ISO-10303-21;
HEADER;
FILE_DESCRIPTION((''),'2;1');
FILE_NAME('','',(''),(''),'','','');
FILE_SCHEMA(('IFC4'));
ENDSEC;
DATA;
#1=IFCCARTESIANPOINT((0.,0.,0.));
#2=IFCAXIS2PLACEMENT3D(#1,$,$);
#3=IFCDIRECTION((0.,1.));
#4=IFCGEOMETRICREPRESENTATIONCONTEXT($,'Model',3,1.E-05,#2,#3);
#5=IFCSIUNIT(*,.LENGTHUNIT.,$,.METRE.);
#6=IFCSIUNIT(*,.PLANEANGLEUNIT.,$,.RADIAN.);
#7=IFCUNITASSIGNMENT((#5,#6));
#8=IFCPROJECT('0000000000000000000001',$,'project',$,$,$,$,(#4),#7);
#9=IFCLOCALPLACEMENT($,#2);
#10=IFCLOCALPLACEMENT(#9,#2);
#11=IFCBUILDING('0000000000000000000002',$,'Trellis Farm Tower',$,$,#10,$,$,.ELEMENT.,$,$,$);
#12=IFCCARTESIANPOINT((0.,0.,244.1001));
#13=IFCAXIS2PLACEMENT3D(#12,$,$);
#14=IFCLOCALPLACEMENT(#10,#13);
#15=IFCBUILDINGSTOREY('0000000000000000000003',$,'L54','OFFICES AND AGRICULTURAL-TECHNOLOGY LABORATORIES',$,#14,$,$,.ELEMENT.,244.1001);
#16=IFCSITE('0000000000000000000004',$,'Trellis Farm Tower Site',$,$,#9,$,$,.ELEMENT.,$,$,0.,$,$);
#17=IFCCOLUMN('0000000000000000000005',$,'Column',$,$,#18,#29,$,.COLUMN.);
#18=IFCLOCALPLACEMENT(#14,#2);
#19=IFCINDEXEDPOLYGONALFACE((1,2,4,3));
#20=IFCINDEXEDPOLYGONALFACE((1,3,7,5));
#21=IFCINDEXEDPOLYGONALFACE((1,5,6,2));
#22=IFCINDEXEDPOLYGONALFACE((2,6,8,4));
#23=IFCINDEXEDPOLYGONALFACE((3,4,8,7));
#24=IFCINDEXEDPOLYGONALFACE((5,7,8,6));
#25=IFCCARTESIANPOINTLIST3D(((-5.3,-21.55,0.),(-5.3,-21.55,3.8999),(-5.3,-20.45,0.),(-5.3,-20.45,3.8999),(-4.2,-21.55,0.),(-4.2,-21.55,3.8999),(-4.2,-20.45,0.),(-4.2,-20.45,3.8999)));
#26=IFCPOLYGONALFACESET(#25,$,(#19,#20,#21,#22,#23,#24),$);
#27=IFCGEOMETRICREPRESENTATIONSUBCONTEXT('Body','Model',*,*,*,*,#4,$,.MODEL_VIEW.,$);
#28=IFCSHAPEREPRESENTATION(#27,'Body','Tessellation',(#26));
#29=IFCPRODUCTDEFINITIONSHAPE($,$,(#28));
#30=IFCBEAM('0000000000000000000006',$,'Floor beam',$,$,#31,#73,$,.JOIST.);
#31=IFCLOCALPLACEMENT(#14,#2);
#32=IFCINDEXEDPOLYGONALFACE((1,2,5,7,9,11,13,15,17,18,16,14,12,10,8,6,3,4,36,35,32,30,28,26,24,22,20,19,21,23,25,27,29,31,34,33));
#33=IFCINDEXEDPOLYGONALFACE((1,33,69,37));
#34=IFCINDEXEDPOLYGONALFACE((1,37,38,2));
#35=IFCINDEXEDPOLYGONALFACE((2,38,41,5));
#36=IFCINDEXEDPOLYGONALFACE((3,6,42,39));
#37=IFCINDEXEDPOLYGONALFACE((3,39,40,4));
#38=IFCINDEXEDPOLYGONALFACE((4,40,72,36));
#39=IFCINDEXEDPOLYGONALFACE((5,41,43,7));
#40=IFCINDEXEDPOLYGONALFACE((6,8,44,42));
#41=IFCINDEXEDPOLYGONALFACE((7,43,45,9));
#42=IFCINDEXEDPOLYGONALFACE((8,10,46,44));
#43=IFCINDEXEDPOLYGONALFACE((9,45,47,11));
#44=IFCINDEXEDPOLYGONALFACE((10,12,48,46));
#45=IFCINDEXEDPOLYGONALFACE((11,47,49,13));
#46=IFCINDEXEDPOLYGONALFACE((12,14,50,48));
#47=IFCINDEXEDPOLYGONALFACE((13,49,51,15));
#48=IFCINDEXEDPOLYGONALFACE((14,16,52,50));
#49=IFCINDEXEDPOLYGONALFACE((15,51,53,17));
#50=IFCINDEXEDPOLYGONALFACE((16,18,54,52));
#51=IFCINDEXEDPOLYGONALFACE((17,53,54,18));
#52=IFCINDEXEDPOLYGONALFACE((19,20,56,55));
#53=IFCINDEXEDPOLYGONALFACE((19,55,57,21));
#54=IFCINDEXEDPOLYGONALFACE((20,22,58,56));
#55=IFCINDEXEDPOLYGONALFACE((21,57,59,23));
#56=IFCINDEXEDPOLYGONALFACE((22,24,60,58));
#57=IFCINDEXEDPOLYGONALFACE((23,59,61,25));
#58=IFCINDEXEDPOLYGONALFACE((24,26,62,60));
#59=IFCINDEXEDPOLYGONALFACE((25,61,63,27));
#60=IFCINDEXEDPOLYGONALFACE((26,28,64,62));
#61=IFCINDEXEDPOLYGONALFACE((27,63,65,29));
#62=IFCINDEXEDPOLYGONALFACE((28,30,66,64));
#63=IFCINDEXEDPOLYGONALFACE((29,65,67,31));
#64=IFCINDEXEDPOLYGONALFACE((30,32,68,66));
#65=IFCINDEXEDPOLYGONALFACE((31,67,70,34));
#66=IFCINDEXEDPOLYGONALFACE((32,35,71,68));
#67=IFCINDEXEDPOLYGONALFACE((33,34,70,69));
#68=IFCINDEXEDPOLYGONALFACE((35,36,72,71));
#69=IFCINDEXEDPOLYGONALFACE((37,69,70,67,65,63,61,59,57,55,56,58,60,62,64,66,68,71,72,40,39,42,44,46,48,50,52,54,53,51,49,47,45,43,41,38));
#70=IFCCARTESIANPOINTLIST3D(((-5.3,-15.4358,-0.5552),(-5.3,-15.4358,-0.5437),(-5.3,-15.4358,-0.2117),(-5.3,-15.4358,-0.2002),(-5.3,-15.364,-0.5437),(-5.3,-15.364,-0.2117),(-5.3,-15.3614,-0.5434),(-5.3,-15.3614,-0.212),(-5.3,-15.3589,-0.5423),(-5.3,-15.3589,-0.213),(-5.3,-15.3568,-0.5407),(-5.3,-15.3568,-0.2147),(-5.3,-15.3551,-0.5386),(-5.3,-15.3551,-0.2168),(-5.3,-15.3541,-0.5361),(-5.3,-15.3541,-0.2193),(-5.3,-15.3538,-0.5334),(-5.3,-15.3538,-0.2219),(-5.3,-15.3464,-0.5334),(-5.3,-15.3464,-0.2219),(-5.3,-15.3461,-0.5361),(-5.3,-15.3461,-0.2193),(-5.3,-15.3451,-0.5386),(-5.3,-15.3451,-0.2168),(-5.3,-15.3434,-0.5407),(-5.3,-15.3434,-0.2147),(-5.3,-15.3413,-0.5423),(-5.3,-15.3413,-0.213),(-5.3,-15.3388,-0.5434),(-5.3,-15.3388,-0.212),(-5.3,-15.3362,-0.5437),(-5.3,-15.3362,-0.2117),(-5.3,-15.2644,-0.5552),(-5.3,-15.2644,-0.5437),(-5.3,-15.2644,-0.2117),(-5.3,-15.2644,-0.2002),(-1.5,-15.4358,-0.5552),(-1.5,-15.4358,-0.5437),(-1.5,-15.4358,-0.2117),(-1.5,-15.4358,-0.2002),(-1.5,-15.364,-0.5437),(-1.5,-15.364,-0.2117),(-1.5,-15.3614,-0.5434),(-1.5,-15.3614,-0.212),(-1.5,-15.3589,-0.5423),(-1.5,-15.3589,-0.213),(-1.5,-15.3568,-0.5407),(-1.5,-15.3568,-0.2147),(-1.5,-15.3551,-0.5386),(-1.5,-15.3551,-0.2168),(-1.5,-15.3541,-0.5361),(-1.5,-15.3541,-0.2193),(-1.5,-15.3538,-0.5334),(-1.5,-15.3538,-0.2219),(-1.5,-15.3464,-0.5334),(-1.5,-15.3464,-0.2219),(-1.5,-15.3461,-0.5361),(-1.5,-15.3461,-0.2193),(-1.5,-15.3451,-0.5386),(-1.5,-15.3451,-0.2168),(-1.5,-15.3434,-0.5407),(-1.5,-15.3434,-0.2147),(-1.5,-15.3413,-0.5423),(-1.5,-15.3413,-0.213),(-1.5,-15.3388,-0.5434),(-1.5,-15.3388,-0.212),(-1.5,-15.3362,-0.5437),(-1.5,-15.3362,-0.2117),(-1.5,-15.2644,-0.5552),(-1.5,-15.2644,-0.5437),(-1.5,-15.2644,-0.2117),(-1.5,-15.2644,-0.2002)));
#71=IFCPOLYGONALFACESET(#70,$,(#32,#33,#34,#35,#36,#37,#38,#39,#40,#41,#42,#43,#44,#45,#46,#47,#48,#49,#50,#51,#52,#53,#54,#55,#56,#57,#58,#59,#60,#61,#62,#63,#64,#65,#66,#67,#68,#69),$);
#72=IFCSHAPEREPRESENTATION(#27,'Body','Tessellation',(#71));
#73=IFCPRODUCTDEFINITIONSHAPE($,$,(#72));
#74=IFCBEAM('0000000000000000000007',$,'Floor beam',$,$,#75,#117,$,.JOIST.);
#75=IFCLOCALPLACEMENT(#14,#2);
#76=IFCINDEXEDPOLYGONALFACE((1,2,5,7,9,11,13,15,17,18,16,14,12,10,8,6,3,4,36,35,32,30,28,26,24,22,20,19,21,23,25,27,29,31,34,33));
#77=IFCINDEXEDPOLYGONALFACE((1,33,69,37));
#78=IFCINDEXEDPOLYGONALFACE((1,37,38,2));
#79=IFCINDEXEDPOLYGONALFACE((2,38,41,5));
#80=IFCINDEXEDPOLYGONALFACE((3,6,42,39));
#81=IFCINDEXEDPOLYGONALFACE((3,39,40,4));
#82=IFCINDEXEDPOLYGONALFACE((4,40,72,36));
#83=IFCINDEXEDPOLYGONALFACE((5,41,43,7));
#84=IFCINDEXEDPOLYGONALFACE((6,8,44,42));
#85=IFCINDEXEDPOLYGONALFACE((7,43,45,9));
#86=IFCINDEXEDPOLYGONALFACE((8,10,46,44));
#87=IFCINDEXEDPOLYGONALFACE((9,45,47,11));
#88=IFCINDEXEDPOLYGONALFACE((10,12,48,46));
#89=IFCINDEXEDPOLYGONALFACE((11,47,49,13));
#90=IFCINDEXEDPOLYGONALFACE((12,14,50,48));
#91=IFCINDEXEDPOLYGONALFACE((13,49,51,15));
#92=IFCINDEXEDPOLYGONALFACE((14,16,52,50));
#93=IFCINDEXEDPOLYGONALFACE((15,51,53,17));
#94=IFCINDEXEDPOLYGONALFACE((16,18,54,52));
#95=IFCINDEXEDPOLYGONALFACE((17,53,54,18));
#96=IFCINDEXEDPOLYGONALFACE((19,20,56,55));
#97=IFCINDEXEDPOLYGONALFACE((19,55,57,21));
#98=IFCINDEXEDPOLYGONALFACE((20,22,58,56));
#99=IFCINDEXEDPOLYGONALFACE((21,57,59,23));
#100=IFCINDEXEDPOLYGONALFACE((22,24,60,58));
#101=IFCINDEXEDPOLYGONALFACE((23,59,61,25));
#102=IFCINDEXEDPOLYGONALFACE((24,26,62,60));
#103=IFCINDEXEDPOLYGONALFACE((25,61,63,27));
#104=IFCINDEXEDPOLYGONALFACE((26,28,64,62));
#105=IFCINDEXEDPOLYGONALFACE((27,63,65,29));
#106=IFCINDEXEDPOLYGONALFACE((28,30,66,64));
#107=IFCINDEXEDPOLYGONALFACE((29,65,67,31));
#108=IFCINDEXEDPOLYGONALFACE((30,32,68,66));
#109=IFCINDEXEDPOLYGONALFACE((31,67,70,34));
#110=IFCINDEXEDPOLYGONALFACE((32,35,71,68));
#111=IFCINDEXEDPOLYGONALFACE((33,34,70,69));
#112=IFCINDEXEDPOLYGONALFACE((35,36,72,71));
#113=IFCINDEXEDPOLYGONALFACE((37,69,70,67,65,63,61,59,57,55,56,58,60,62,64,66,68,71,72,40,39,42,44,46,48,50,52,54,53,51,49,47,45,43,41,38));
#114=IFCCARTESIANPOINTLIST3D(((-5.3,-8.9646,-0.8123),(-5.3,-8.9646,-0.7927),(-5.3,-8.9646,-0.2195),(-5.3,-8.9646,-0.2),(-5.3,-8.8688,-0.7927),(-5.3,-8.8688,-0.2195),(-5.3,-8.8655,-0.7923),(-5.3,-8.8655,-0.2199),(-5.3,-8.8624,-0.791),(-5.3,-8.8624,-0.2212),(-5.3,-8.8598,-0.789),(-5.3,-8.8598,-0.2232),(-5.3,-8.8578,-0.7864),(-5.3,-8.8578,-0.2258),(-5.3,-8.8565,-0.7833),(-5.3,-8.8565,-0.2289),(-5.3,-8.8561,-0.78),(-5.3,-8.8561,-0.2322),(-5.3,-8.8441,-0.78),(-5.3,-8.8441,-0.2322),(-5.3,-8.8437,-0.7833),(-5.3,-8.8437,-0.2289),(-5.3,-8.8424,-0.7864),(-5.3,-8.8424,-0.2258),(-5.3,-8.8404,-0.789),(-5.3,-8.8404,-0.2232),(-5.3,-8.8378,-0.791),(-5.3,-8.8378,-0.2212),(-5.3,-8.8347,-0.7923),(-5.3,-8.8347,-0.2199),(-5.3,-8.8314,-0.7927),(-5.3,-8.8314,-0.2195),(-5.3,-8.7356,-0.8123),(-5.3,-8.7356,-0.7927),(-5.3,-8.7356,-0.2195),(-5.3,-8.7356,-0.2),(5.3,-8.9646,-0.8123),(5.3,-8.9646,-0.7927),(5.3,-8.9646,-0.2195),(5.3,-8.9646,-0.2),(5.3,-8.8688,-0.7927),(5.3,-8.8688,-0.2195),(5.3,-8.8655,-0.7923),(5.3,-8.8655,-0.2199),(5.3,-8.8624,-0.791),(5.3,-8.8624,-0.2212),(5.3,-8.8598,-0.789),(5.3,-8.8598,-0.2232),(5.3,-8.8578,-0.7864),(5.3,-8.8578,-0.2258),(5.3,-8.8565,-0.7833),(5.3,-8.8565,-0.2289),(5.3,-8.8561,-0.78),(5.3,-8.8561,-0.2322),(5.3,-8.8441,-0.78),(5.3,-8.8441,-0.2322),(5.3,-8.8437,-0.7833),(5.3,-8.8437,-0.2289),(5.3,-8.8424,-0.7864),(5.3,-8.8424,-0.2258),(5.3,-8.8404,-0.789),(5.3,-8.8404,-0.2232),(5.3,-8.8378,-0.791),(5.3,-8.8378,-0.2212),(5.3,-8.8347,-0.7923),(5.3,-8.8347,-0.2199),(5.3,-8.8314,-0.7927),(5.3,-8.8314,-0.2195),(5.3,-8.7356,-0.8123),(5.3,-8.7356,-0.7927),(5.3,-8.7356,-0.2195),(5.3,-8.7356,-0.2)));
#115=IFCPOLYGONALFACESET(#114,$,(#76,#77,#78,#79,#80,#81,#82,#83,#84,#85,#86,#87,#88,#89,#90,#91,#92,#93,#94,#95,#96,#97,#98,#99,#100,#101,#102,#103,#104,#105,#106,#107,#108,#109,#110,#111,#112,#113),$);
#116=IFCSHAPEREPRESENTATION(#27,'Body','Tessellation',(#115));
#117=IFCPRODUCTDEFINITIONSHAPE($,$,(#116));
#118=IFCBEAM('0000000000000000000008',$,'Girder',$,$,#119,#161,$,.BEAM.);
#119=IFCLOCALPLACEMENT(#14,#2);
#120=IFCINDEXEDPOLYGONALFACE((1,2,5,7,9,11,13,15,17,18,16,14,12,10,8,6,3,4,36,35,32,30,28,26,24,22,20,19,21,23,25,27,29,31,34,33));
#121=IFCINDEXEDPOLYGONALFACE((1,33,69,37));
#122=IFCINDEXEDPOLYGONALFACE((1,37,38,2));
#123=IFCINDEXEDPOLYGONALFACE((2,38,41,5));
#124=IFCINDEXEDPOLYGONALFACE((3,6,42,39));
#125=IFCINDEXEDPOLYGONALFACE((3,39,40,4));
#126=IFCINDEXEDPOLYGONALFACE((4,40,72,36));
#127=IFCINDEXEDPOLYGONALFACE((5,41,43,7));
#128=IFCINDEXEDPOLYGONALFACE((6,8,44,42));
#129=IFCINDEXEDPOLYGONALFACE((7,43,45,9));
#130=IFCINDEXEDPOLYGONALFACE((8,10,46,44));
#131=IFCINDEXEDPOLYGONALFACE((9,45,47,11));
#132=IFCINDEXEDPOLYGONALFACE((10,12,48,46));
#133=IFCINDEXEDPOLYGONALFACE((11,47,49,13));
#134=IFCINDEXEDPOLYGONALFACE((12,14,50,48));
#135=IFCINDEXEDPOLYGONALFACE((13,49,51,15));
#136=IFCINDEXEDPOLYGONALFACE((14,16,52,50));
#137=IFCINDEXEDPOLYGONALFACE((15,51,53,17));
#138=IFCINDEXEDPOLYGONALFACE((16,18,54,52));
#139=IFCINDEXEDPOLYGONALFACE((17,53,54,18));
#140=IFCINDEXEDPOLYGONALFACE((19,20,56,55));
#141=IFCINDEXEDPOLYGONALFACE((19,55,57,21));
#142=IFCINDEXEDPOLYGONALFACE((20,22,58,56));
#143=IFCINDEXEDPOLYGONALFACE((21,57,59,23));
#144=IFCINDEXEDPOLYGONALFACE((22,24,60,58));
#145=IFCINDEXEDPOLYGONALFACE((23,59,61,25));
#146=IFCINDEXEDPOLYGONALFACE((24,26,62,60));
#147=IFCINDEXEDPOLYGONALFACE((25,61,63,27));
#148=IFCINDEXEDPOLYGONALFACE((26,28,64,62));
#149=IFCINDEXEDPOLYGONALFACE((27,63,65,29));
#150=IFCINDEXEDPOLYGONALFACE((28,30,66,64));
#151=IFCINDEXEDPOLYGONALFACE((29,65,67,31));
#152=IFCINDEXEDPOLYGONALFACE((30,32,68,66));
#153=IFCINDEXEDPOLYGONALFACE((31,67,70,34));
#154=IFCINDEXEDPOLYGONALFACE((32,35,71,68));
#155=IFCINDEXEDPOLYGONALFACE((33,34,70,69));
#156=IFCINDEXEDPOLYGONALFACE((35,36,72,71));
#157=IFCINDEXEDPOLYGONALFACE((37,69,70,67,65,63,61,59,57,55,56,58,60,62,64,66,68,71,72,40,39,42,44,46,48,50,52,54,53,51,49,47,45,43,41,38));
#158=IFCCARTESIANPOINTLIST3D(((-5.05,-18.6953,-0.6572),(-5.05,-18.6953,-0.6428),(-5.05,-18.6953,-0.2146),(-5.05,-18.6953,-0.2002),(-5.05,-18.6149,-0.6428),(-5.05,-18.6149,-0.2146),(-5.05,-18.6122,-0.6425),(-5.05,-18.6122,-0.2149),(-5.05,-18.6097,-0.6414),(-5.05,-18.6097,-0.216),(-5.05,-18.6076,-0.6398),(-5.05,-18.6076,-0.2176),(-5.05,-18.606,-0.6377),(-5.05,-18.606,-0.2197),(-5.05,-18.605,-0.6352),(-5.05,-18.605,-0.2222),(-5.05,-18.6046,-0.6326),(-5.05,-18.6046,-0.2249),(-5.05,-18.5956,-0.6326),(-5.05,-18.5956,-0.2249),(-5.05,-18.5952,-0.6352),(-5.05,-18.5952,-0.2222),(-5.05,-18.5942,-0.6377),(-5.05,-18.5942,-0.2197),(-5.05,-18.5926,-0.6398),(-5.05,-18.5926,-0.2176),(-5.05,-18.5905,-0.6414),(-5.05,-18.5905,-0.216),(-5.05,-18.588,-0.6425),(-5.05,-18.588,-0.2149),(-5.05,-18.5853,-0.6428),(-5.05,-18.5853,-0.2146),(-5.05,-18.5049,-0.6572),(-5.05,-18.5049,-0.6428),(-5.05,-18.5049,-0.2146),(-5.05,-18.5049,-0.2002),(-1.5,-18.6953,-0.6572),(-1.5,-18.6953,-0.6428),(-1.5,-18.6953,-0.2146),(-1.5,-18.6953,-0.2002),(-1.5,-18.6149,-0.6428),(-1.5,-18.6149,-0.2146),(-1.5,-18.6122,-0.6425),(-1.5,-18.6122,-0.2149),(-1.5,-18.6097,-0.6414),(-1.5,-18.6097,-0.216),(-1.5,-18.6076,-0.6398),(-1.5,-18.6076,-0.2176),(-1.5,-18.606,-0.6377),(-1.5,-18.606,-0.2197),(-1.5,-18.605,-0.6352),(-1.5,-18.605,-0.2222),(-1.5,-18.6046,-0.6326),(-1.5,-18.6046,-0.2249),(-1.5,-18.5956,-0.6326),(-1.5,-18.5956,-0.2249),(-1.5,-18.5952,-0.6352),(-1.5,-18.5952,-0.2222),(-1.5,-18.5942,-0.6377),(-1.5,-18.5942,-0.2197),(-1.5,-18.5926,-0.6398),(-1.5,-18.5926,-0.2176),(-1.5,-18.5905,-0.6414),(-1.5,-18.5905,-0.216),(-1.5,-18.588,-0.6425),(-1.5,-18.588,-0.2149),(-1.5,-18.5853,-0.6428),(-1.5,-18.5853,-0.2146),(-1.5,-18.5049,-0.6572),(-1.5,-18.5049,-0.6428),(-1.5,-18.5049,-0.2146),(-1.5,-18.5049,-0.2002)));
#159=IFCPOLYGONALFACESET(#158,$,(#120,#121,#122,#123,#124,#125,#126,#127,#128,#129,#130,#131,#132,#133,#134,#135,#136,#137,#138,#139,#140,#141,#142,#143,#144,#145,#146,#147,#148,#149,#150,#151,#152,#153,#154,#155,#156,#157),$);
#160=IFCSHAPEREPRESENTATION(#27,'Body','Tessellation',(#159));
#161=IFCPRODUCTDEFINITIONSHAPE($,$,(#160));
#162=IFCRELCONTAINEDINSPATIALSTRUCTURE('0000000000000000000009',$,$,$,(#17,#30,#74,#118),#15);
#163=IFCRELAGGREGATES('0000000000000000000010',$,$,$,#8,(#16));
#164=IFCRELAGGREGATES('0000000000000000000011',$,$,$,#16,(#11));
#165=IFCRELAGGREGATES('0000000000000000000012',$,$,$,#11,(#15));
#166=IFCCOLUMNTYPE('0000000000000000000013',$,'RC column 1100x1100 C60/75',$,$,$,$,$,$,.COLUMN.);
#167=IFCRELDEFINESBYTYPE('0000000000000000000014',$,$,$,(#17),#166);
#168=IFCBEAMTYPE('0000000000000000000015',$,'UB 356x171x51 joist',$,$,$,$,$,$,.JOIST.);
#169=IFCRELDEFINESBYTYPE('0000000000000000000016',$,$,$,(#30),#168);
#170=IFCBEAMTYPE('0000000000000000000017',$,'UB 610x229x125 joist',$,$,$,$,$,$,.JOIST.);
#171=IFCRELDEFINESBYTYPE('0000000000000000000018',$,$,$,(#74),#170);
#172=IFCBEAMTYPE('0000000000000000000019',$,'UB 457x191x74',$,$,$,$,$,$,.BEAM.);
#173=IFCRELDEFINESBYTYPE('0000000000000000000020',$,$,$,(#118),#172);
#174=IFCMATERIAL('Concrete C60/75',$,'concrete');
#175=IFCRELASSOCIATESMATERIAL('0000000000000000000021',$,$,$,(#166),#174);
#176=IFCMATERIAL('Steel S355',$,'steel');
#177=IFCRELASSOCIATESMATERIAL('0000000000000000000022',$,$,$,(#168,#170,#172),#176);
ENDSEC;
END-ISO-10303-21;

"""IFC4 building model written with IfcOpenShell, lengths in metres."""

from ifc_helpers import new_model, si_unit, direction, frame, origin, origin_2d, place, context, subcontext, project, spatial, rectangle, i_section, extrude, source, transform, mapped, material, material_profile, profile_set, type_object, element, save


model = new_model("IFC4")

# Units and contexts
model_context = context("Model", 3, precision=1e-05, world=origin(), true_north=direction((0.0, 1.0)))
body_context = subcontext(model_context, "Body", "Model", "MODEL_VIEW")
ifc_project = project(units=[si_unit("LENGTHUNIT", "METRE"), si_unit("PLANEANGLEUNIT", "RADIAN")], contexts=[model_context])

# Site, building, storey
site_placement = place(None, origin())
site = spatial("IfcSite", under=ifc_project, at=site_placement, Name="Trellis Farm Tower Site", CompositionType="ELEMENT", RefElevation=0.0)
building_placement = place(site_placement, origin())
building = spatial("IfcBuilding", under=site, at=building_placement, Name="Trellis Farm Tower", CompositionType="ELEMENT")
storey_placement = place(building_placement, frame((0.0, 0.0, 244.1001)))
storey = spatial("IfcBuildingStorey", under=building, at=storey_placement, Name="L54", Description="OFFICES AND AGRICULTURAL-TECHNOLOGY LABORATORIES", CompositionType="ELEMENT", Elevation=244.1001)

# Column
ifc_material_1 = material(Name="Concrete C60/75", Category="concrete")
ifc_material_profile_1 = material_profile(ifc_material_1, rectangle(XDim=1.1001, YDim=1.1001, at=origin_2d()), Name="RC column 1100x1100 C60/75")
ifc_profile_set_1 = profile_set([ifc_material_profile_1], Name="Concrete C60/75")
column_type = type_object("IfcColumnType", Name="RC column 1100x1100 C60/75", PredefinedType="COLUMN", material=ifc_profile_set_1)
shared_shape_1 = source(origin(), body_context, "Body", "SweptSolid", [
    extrude(rectangle(XDim=1.1001, YDim=1.1001, at=origin_2d()), origin(), (0.0, 0.0, 1.0), 3.8999),
])
column_placement = place(storey_placement, frame((-4.75, -21.0, 0.0), z_axis=(0.0, 0.0, 1.0), x_axis=(1.0, 0.0, 0.0)))
element("IfcColumn", 1, at=column_placement, inside=storey, type_object=column_type, Name="Column", PredefinedType="COLUMN", context=body_context, shape_type="MappedRepresentation", body=[
    mapped(shared_shape_1, transform((0.0, 0.0, 0.0))),
])

# Beams
ifc_material_2 = material(Name="Steel S355", Category="steel")
ifc_material_profile_2 = material_profile(ifc_material_2, i_section(OverallWidth=0.1714, OverallDepth=0.355, WebThickness=0.0073, FlangeThickness=0.0115, FilletRadius=0.0103, at=origin_2d()), Name="UB 356x171x51")
ifc_profile_set_2 = profile_set([ifc_material_profile_2], Name="Steel S355")
beam_type_1 = type_object("IfcBeamType", Name="UB 356x171x51 joist", PredefinedType="JOIST", material=ifc_profile_set_2)
shared_shape_2 = source(origin(), body_context, "Body", "SweptSolid", [
    extrude(i_section(OverallWidth=0.1714, OverallDepth=0.355, WebThickness=0.0073, FlangeThickness=0.0115, FilletRadius=0.0103, at=origin_2d()), origin(), (0.0, 0.0, 1.0), 3.8),
])
beam_1_placement = place(storey_placement, frame((-5.3, -15.3501, -0.3777), z_axis=(1.0, 0.0, 0.0), x_axis=(0.0, 1.0, 0.0)))
element("IfcBeam", 2, at=beam_1_placement, inside=storey, type_object=beam_type_1, Name="Floor beam", PredefinedType="JOIST", context=body_context, shape_type="MappedRepresentation", body=[
    mapped(shared_shape_2, transform((0.0, 0.0, 0.0))),
])
ifc_material_profile_3 = material_profile(ifc_material_2, i_section(OverallWidth=0.229, OverallDepth=0.6123, WebThickness=0.012, FlangeThickness=0.0195, FilletRadius=0.0127, at=origin_2d()), Name="UB 610x229x125")
ifc_profile_set_3 = profile_set([ifc_material_profile_3], Name="Steel S355")
beam_type_2 = type_object("IfcBeamType", Name="UB 610x229x125 joist", PredefinedType="JOIST", material=ifc_profile_set_3)
shared_shape_3 = source(origin(), body_context, "Body", "SweptSolid", [
    extrude(i_section(OverallWidth=0.229, OverallDepth=0.6123, WebThickness=0.012, FlangeThickness=0.0195, FilletRadius=0.0127, at=origin_2d()), origin(), (0.0, 0.0, 1.0), 10.6001),
])
beam_2_placement = place(storey_placement, frame((-5.3, -8.8501, -0.5061), z_axis=(1.0, 0.0, 0.0), x_axis=(0.0, 1.0, 0.0)))
element("IfcBeam", 3, at=beam_2_placement, inside=storey, type_object=beam_type_2, Name="Floor beam", PredefinedType="JOIST", context=body_context, shape_type="MappedRepresentation", body=[
    mapped(shared_shape_3, transform((0.0, 0.0, 0.0))),
])
ifc_material_profile_4 = material_profile(ifc_material_2, i_section(OverallWidth=0.1904, OverallDepth=0.457, WebThickness=0.009, FlangeThickness=0.0144, FilletRadius=0.0103, at=origin_2d()), Name="UB 457x191x74")
ifc_profile_set_4 = profile_set([ifc_material_profile_4], Name="Steel S355")
beam_type_3 = type_object("IfcBeamType", Name="UB 457x191x74", PredefinedType="BEAM", material=ifc_profile_set_4)
shared_shape_4 = source(origin(), body_context, "Body", "SweptSolid", [
    extrude(i_section(OverallWidth=0.1904, OverallDepth=0.457, WebThickness=0.009, FlangeThickness=0.0144, FilletRadius=0.0103, at=origin_2d()), origin(), (0.0, 0.0, 1.0), 3.55),
])
beam_3_placement = place(storey_placement, frame((-5.05, -18.6001, -0.4287), z_axis=(1.0, 0.0, 0.0), x_axis=(0.0, 1.0, 0.0)))
element("IfcBeam", 4, at=beam_3_placement, inside=storey, type_object=beam_type_3, Name="Girder", PredefinedType="BEAM", context=body_context, shape_type="MappedRepresentation", body=[
    mapped(shared_shape_4, transform((0.0, 0.0, 0.0))),
])

save(model, "model.ifc")
